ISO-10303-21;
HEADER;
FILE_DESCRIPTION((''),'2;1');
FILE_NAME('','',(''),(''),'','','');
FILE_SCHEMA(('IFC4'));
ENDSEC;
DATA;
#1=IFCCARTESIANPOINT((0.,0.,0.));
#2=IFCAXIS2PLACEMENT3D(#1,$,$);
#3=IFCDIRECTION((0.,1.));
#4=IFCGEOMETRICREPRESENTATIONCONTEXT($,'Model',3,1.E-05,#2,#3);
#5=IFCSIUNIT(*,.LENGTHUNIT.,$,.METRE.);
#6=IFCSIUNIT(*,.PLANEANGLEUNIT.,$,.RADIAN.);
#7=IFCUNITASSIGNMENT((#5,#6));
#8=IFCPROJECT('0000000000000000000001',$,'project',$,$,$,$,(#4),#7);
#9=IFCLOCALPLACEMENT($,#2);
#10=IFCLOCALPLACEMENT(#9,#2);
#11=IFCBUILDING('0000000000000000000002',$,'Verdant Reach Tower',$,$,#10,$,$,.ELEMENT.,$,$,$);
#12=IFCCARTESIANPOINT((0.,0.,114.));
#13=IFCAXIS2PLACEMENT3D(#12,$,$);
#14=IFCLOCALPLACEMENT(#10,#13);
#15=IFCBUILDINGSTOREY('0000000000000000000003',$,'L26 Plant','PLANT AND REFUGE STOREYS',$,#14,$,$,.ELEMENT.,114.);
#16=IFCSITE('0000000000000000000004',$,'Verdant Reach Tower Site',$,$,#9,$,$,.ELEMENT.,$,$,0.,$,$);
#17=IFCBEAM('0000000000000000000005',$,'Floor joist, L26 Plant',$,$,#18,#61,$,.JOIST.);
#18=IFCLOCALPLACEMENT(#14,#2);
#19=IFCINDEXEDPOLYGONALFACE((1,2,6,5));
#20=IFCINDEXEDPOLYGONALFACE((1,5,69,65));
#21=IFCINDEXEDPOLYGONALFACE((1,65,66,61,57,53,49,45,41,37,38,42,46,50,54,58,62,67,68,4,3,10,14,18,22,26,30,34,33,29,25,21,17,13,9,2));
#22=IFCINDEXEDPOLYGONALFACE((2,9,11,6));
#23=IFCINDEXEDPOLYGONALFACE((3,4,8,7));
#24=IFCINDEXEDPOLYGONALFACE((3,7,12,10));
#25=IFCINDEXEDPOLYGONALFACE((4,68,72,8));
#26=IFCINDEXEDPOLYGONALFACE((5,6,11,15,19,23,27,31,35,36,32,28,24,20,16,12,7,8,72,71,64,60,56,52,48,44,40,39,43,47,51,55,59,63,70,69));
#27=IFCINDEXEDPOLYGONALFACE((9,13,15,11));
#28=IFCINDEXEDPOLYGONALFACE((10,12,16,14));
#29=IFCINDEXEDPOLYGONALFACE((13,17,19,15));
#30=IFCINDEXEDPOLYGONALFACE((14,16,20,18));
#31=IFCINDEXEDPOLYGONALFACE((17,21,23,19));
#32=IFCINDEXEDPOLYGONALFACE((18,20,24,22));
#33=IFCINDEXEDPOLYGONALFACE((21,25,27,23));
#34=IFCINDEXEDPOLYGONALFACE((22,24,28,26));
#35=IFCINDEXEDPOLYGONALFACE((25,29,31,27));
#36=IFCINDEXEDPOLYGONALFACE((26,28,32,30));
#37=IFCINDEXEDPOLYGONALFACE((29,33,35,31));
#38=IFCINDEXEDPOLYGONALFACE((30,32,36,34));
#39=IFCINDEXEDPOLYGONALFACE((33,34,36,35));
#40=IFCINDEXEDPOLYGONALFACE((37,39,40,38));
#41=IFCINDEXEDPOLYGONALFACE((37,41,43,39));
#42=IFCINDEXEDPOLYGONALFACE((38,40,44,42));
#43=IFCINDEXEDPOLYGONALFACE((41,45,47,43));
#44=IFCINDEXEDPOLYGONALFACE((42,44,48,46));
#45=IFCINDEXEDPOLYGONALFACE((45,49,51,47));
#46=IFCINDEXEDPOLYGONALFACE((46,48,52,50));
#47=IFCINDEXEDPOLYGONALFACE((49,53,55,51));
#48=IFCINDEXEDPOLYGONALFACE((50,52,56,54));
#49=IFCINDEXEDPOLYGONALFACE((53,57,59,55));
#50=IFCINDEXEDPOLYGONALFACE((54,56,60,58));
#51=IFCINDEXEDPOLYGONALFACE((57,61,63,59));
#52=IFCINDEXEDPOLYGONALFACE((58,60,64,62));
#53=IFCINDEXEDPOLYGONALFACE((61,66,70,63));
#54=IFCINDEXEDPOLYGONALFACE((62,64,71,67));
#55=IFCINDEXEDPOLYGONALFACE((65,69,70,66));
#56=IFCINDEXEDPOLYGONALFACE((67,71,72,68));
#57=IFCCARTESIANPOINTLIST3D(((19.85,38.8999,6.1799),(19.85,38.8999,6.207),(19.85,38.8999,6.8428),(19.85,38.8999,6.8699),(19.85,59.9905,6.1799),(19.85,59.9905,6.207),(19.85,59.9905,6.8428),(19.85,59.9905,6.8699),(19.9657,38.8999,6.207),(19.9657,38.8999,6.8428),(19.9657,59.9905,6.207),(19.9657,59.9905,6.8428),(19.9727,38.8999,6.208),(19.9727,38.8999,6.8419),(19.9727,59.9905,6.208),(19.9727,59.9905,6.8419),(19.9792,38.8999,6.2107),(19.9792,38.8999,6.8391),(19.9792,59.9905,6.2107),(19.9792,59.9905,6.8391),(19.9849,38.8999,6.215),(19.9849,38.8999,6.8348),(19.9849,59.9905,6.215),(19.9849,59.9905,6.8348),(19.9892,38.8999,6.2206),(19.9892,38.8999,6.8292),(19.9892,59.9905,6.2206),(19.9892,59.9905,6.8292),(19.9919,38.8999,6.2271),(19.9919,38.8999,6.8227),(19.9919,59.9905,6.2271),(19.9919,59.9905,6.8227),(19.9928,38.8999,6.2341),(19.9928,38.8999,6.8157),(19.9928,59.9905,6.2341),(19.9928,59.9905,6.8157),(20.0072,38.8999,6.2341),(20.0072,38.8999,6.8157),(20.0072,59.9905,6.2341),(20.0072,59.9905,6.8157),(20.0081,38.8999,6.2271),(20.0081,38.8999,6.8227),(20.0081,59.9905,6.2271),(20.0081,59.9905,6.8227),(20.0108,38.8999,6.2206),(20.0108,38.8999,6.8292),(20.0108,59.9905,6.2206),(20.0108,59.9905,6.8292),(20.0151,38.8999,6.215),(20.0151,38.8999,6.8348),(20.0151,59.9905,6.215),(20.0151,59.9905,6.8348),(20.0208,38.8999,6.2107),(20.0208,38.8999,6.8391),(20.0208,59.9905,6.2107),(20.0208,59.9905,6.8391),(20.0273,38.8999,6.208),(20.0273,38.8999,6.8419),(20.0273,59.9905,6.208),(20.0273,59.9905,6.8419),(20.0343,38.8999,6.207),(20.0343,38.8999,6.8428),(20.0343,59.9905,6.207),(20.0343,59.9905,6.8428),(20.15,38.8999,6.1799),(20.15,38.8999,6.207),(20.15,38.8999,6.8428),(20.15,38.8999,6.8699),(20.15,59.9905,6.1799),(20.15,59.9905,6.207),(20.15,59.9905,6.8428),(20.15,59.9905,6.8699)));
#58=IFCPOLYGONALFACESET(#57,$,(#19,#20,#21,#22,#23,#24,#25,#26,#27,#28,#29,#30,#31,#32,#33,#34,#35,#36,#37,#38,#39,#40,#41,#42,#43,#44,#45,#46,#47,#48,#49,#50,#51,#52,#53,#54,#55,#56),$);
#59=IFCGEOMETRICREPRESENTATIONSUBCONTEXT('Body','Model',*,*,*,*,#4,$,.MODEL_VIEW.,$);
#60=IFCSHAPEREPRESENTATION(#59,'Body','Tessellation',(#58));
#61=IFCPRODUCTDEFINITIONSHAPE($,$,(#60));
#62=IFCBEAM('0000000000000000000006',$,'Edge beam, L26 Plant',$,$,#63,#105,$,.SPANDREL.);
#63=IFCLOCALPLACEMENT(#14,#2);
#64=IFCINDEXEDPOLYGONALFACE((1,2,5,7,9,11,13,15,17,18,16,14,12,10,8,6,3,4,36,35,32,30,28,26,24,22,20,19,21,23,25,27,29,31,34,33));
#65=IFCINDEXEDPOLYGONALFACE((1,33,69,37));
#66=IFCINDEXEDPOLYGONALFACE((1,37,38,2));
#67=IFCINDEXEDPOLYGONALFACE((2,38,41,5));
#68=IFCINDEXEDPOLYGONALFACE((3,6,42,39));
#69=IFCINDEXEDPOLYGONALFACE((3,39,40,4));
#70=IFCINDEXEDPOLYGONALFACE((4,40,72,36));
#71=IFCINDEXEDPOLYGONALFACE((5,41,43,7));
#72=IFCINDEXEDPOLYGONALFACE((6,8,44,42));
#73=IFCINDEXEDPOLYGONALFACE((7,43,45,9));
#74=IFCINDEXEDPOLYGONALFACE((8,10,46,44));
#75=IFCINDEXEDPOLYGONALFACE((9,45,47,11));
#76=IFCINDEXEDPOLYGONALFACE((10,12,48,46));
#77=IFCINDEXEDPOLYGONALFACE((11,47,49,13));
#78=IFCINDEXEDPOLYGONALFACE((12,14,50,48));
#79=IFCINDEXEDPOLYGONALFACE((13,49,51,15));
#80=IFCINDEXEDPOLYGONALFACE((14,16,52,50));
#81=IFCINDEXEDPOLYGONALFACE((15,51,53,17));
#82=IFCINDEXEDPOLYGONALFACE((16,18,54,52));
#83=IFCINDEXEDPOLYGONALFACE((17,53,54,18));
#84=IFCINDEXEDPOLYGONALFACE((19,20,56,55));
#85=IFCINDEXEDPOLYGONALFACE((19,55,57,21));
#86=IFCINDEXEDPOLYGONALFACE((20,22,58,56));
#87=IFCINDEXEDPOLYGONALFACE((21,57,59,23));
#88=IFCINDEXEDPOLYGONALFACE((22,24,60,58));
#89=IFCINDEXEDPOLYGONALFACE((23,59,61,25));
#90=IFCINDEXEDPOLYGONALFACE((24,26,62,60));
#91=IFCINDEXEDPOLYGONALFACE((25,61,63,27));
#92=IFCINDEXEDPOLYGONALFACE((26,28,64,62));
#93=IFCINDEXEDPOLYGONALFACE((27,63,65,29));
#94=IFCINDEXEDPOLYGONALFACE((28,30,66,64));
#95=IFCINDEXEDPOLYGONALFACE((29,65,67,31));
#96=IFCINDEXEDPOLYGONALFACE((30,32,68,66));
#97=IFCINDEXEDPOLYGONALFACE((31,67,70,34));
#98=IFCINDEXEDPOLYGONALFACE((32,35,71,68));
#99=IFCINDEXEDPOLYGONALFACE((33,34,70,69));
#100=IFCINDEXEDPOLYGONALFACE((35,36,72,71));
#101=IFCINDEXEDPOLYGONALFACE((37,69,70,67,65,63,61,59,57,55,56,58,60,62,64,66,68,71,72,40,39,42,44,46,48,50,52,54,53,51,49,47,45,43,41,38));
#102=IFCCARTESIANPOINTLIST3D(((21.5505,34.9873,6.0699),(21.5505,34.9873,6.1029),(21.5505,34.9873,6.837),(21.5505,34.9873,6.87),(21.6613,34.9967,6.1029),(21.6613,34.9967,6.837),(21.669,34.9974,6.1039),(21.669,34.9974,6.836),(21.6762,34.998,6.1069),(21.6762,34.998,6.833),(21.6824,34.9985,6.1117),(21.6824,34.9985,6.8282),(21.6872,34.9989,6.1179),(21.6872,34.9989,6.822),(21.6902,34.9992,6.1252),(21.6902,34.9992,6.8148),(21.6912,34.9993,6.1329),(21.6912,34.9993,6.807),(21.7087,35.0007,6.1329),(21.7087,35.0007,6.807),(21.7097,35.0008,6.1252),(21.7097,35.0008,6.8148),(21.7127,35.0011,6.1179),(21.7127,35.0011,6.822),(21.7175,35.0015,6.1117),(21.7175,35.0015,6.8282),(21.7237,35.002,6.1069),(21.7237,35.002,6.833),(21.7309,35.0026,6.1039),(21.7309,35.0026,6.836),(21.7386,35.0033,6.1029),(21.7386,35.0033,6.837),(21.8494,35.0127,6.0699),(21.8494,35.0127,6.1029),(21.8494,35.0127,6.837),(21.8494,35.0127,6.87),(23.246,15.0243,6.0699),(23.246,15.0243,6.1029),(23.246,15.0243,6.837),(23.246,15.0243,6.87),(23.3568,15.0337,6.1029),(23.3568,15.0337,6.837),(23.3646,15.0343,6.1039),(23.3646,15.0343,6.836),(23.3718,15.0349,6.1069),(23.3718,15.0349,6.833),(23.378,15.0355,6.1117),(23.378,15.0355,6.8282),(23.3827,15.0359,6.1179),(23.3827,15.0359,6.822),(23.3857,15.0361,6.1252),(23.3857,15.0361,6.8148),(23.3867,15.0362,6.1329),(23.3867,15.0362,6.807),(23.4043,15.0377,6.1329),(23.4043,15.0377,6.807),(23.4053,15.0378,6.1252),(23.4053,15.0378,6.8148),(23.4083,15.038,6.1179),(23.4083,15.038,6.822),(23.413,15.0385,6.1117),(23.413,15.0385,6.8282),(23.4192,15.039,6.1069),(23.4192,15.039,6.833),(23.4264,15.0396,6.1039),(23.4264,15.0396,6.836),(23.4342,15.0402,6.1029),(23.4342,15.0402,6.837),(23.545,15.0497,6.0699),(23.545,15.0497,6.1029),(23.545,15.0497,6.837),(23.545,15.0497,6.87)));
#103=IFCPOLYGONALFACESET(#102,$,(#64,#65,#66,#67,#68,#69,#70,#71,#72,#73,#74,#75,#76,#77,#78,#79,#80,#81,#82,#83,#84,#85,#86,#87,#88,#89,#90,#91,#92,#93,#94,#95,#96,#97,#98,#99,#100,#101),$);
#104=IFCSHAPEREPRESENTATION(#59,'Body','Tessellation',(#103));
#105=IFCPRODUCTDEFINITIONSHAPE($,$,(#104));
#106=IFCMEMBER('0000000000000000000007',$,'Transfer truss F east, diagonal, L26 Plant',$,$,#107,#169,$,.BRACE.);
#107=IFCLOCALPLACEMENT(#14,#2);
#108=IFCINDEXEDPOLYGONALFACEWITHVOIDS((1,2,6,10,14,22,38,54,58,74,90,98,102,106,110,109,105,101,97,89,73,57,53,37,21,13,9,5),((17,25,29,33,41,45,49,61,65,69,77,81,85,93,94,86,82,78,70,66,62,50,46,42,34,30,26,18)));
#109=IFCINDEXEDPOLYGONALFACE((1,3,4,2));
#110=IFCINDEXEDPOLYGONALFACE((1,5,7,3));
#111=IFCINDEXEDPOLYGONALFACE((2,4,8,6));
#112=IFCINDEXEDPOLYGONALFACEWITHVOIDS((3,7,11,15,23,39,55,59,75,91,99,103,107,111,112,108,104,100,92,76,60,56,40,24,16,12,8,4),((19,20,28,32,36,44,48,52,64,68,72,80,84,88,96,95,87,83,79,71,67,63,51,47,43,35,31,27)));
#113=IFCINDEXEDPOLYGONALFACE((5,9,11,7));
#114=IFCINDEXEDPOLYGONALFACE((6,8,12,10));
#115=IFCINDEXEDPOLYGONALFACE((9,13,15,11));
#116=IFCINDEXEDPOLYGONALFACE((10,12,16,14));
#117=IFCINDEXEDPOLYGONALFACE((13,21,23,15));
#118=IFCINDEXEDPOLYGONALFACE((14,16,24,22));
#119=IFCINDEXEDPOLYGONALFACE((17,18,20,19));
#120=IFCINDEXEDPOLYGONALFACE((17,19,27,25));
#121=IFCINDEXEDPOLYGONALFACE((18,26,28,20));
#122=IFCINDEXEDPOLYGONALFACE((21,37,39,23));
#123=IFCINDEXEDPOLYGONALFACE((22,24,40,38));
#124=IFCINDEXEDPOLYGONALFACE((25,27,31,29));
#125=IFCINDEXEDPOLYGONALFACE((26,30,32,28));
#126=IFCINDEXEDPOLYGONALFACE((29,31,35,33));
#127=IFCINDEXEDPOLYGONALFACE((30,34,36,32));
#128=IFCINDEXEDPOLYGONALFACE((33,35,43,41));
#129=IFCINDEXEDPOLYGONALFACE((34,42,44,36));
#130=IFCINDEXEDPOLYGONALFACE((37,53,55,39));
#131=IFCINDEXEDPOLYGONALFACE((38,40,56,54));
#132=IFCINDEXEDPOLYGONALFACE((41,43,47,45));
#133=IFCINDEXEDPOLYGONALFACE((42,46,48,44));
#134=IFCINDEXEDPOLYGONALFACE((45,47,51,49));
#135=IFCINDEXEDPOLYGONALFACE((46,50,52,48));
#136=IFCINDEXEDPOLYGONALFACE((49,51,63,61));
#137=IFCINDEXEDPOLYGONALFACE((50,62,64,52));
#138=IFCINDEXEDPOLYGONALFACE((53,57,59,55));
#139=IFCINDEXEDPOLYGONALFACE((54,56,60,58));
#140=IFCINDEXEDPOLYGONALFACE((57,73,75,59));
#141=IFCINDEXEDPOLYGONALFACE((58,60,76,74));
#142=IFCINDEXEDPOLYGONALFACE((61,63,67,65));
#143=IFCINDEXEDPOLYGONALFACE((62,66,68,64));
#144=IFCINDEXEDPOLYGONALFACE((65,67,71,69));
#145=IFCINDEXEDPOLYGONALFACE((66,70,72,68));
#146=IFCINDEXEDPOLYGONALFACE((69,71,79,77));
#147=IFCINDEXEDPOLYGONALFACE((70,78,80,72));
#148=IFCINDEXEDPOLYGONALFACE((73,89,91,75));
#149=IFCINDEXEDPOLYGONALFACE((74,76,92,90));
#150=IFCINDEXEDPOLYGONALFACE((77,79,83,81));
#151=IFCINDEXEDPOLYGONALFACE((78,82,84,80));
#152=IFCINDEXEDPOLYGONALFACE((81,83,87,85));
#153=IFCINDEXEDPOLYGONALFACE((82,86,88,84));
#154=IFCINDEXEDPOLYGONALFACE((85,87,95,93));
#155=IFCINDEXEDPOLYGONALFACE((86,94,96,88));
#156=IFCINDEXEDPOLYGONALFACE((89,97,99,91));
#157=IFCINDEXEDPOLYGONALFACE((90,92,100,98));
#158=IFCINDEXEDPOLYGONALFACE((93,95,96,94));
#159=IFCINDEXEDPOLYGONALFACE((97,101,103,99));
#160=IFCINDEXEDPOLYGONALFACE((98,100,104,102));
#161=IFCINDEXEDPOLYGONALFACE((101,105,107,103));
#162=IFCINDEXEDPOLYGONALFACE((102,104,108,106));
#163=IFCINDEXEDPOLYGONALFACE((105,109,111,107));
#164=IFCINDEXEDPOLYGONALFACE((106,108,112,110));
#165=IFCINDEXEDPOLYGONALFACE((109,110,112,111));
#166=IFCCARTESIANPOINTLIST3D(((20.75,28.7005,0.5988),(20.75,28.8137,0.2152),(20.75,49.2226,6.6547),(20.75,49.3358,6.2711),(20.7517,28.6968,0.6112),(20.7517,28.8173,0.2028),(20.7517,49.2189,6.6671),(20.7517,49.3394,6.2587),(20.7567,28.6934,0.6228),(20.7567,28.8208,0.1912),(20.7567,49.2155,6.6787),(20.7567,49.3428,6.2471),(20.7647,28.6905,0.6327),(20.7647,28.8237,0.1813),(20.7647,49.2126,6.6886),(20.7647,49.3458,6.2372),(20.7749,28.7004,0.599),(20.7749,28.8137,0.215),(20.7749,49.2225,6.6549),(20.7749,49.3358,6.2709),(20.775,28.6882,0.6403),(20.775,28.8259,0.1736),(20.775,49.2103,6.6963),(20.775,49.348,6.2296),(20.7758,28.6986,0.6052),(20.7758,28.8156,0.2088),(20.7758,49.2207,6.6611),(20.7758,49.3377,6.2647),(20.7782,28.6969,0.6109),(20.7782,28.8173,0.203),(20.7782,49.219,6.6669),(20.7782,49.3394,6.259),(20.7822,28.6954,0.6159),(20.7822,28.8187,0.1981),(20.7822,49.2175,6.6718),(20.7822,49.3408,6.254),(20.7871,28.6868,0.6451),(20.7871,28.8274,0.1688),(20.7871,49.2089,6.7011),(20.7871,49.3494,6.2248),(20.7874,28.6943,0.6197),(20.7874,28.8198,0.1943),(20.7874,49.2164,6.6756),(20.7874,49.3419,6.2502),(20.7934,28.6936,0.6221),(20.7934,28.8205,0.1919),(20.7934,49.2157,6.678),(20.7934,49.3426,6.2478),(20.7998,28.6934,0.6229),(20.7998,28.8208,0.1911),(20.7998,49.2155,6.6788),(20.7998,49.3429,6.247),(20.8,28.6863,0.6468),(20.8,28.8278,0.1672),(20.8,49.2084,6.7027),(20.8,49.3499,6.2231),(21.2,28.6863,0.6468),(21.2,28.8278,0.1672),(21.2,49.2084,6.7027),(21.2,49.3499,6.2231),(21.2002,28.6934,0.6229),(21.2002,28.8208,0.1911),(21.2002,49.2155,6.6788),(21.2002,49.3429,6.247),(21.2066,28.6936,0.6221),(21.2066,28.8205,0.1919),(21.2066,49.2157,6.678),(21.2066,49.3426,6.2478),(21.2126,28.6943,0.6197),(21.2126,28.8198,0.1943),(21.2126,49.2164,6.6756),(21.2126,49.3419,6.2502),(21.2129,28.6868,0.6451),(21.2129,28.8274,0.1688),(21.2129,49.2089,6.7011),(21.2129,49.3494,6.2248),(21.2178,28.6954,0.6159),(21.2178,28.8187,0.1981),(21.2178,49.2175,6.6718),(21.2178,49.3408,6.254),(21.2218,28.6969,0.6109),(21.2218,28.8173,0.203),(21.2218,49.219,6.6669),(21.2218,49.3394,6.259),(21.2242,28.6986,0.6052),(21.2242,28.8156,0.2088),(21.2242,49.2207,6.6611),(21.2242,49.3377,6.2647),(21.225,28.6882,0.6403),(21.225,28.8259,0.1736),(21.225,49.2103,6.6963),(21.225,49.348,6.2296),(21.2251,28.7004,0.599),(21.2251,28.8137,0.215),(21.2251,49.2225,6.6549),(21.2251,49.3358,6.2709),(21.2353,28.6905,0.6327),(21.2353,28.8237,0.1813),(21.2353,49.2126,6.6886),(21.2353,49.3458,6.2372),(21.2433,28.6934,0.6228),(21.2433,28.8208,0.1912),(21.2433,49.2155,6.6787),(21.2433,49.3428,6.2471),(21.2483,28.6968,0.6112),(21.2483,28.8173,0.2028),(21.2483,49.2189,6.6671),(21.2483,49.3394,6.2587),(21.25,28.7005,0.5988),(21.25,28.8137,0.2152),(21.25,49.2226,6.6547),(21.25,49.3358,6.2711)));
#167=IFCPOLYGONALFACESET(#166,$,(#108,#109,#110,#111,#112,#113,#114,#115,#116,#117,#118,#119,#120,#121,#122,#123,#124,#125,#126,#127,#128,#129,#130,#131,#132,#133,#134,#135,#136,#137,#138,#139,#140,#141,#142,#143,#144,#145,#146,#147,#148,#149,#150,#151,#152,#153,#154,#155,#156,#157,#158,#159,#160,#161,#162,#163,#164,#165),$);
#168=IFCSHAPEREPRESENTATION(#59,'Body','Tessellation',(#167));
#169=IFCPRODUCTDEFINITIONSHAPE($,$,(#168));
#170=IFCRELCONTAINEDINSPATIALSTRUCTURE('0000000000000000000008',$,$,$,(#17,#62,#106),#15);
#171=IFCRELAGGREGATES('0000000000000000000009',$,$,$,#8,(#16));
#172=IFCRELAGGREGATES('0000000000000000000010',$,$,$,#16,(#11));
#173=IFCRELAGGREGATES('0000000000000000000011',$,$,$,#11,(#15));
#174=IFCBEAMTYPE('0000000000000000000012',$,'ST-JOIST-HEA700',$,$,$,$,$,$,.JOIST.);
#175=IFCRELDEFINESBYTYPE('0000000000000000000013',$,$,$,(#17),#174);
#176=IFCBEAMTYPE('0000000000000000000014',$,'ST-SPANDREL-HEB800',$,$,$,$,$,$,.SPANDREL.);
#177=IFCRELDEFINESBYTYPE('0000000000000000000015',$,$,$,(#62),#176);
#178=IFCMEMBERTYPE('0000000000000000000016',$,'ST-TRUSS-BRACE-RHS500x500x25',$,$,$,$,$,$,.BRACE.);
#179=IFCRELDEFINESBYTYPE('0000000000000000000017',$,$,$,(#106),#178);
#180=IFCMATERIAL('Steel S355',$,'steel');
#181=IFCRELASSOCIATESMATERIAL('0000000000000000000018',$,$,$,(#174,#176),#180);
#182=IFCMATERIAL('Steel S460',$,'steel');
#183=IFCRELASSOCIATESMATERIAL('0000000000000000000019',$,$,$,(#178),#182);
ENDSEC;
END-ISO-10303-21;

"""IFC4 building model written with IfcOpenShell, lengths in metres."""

from ifc_helpers import new_model, si_unit, direction, frame, origin, origin_2d, place, context, subcontext, project, spatial, hollow_rectangle, i_section, extrude, material, material_profile, profile_set, type_object, element, save


model = new_model("IFC4")

# Units and contexts
model_context = context("Model", 3, precision=1e-05, world=origin(), true_north=direction((0.0, 1.0)))
body_context = subcontext(model_context, "Body", "Model", "MODEL_VIEW")
ifc_project = project(units=[si_unit("LENGTHUNIT", "METRE"), si_unit("PLANEANGLEUNIT", "RADIAN")], contexts=[model_context])

# Site, building, storey
site_placement = place(None, origin())
site = spatial("IfcSite", under=ifc_project, at=site_placement, Name="Verdant Reach Tower Site", CompositionType="ELEMENT", RefElevation=0.0)
building_placement = place(site_placement, origin())
building = spatial("IfcBuilding", under=site, at=building_placement, Name="Verdant Reach Tower", CompositionType="ELEMENT")
storey_placement = place(building_placement, frame((0.0, 0.0, 114.0)))
storey = spatial("IfcBuildingStorey", under=building, at=storey_placement, Name="L26 Plant", Description="PLANT AND REFUGE STOREYS", CompositionType="ELEMENT", Elevation=114.0)

# Shared definitions
ifc_material_1 = material(Name="Steel S460", Category="steel")

# Beams
ifc_material_2 = material(Name="Steel S355", Category="steel")
ifc_material_profile_1 = material_profile(ifc_material_2, i_section(OverallWidth=0.3, OverallDepth=0.6899, WebThickness=0.0144, FlangeThickness=0.0271, FilletRadius=0.0271, at=origin_2d()), Name="HEA 700")
ifc_profile_set_1 = profile_set([ifc_material_profile_1], Name="Steel S355")
beam_type_1 = type_object("IfcBeamType", Name="ST-JOIST-HEA700", PredefinedType="JOIST", material=ifc_profile_set_1)
beam_1_placement = place(storey_placement, frame((20.0, 38.8999, 6.5249), z_axis=(0.0, 1.0, 0.0), x_axis=(-1.0, 0.0, 0.0)))
element("IfcBeam", 1, at=beam_1_placement, inside=storey, type_object=beam_type_1, Name="Floor joist, L26 Plant", PredefinedType="JOIST", context=body_context, shape_type="SweptSolid", body=[
    extrude(i_section(OverallWidth=0.3, OverallDepth=0.6899, WebThickness=0.0144, FlangeThickness=0.0271, FilletRadius=0.0271, at=origin_2d()), origin(), (0.0, 0.0, 1.0), 21.0906),
])
ifc_material_profile_2 = material_profile(ifc_material_2, i_section(OverallWidth=0.3, OverallDepth=0.8, WebThickness=0.0176, FlangeThickness=0.033, FilletRadius=0.03, at=origin_2d()), Name="HEB 800")
ifc_profile_set_2 = profile_set([ifc_material_profile_2], Name="Steel S355")
beam_type_2 = type_object("IfcBeamType", Name="ST-SPANDREL-HEB800", PredefinedType="SPANDREL", material=ifc_profile_set_2)
beam_2_placement = place(storey_placement, frame((21.7, 35.0, 6.47), z_axis=(0.08463, -0.996412, 0.0), x_axis=(0.996412, 0.08463, 0.0)))
element("IfcBeam", 2, at=beam_2_placement, inside=storey, type_object=beam_type_2, Name="Edge beam, L26 Plant", PredefinedType="SPANDREL", context=body_context, shape_type="SweptSolid", body=[
    extrude(i_section(OverallWidth=0.3, OverallDepth=0.8, WebThickness=0.0176, FlangeThickness=0.033, FilletRadius=0.03, at=origin_2d()), origin(), (0.0, 0.0, 1.0), 20.0349),
])

# Member
ifc_material_profile_3 = material_profile(ifc_material_1, hollow_rectangle(XDim=0.5, YDim=0.5, WallThickness=0.0249, InnerFilletRadius=0.0249, OuterFilletRadius=0.05, at=origin_2d()), Name="RHS 500x500x25")
ifc_profile_set_3 = profile_set([ifc_material_profile_3], Name="Steel S460")
member_type_1 = type_object("IfcMemberType", Name="ST-TRUSS-BRACE-RHS500x500x25", PredefinedType="BRACE", material=ifc_profile_set_3)
member_1_placement = place(storey_placement, frame((21.0, 28.7571, 0.407), z_axis=(0.0, 0.959112, 0.283028), x_axis=(-1.0, 0.0, 0.0)))
element("IfcMember", 3, at=member_1_placement, inside=storey, type_object=member_type_1, Name="Transfer truss F east, diagonal, L26 Plant", PredefinedType="BRACE", context=body_context, shape_type="SweptSolid", body=[
    extrude(hollow_rectangle(XDim=0.5, YDim=0.5, WallThickness=0.0249, InnerFilletRadius=0.0249, OuterFilletRadius=0.05, at=origin_2d()), origin(), (0.0, 0.0, 1.0), 21.397),
])

save(model, "model.ifc")
